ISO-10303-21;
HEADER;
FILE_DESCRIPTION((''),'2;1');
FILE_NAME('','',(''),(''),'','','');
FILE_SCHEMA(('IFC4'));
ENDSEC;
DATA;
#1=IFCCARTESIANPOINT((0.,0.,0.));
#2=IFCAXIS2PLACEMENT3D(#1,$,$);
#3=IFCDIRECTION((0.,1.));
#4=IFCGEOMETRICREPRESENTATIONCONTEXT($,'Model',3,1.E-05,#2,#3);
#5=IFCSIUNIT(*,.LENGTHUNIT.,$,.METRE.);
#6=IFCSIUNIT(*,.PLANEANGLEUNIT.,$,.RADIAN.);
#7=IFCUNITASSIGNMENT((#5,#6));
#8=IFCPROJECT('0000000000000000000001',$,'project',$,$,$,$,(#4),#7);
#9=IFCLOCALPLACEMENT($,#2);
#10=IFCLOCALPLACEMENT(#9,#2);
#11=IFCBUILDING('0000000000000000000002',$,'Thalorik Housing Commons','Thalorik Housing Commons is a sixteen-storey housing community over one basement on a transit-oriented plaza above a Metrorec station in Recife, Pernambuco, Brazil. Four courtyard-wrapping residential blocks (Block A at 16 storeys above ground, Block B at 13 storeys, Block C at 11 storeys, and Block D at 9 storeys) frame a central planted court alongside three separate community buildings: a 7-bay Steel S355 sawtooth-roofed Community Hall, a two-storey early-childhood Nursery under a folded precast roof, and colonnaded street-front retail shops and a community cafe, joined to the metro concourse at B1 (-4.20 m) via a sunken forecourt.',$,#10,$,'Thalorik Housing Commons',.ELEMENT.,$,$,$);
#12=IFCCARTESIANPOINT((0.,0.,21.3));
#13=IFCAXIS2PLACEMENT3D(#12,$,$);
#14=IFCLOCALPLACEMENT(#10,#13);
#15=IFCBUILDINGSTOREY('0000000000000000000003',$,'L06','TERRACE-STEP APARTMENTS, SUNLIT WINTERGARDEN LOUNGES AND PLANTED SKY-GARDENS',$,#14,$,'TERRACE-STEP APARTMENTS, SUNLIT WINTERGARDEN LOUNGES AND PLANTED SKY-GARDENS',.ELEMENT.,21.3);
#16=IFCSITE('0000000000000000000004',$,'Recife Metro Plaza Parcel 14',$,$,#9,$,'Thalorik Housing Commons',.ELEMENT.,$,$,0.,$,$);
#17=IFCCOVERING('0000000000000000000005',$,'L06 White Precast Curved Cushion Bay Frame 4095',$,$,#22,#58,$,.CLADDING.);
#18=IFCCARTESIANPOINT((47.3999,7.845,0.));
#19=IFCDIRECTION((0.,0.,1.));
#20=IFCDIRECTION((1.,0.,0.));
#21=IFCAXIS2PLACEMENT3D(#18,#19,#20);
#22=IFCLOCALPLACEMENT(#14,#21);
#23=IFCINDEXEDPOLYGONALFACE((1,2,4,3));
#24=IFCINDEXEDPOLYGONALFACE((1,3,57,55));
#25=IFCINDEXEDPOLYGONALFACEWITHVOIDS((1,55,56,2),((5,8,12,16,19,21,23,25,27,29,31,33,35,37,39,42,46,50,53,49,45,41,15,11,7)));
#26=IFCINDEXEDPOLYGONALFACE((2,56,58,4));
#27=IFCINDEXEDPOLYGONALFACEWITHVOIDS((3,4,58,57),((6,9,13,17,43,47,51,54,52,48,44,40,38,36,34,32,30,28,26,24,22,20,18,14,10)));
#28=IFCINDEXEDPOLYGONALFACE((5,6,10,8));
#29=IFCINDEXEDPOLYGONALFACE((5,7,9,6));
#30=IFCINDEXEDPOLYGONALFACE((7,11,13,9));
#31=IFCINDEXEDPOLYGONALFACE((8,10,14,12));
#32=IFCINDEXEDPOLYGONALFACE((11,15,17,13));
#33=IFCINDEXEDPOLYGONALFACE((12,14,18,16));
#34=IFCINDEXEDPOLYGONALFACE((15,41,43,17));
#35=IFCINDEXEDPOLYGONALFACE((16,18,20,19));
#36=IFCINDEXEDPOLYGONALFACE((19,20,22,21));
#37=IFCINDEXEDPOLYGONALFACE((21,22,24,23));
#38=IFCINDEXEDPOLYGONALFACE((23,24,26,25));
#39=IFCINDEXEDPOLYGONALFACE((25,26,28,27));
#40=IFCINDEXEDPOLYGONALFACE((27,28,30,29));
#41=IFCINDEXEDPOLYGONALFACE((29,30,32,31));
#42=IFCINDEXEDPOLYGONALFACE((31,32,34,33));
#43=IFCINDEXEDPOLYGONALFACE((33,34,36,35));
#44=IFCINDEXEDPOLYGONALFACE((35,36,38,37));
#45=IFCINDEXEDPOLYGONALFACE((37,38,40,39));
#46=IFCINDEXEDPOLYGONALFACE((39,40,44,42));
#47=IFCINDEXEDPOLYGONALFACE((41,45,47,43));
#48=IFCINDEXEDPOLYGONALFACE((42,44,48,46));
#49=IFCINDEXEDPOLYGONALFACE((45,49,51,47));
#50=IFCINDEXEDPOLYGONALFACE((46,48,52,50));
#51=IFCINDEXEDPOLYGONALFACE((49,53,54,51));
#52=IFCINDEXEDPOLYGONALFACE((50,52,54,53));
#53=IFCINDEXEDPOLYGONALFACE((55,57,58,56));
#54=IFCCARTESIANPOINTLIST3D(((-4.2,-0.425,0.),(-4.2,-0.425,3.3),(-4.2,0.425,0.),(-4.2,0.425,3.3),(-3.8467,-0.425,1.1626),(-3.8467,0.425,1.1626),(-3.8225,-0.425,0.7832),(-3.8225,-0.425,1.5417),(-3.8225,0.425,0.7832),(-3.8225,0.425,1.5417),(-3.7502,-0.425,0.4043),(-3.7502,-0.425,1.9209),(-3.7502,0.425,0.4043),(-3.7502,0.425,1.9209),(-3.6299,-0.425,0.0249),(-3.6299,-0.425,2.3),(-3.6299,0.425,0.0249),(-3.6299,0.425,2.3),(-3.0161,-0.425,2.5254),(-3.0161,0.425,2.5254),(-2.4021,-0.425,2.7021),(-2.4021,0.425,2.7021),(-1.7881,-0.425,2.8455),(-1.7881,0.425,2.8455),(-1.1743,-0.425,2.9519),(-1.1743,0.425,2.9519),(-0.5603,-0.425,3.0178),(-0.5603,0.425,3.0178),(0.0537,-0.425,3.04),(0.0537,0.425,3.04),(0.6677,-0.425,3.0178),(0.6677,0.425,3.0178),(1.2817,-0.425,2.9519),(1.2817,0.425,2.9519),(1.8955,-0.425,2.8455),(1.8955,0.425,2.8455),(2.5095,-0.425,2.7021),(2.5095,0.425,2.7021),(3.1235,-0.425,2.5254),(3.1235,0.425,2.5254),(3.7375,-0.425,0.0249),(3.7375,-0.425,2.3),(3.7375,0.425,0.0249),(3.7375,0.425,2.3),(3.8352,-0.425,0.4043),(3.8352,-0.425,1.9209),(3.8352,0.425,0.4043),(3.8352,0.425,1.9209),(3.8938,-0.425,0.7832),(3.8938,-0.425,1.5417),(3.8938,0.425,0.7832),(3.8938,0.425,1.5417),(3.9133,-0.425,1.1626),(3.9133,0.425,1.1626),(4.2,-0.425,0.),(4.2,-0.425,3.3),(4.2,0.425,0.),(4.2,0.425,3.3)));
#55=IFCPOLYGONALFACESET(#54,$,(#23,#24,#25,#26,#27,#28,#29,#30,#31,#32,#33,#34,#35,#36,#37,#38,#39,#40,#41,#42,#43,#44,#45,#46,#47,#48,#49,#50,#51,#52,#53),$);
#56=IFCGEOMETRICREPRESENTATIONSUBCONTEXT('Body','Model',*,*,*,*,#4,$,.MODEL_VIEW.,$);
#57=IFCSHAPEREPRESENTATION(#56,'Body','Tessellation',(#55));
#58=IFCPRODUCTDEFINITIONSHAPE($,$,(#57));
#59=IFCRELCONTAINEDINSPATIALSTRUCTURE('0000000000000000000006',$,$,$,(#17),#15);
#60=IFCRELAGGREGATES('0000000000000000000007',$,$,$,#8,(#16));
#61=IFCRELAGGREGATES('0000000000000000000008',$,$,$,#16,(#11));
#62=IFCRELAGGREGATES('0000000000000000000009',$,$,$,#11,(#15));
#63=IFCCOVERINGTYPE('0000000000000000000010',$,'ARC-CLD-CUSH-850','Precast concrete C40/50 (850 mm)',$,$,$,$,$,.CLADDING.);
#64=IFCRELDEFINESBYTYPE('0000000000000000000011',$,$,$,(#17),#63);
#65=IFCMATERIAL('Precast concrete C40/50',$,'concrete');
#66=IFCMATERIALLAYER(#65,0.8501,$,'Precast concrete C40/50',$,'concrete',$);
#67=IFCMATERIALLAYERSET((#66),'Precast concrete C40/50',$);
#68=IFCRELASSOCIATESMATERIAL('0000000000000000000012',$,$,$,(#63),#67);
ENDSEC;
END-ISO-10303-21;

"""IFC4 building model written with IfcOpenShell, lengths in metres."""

from ifc_helpers import new_model, si_unit, direction, frame, origin, place, context, subcontext, project, spatial, polyline, outline, extrude, material, layer, layer_set, type_object, element, save


model = new_model("IFC4")

# Units and contexts
model_context = context("Model", 3, precision=1e-05, world=origin(), true_north=direction((0.0, 1.0)))
body_context = subcontext(model_context, "Body", "Model", "MODEL_VIEW")
ifc_project = project(units=[si_unit("LENGTHUNIT", "METRE"), si_unit("PLANEANGLEUNIT", "RADIAN")], contexts=[model_context])

# Site, building, storey
site_placement = place(None, origin())
site = spatial("IfcSite", under=ifc_project, at=site_placement, Name="Recife Metro Plaza Parcel 14", LongName="Thalorik Housing Commons", CompositionType="ELEMENT", RefElevation=0.0)
building_placement = place(site_placement, origin())
building = spatial("IfcBuilding", under=site, at=building_placement, Name="Thalorik Housing Commons", Description="Thalorik Housing Commons is a sixteen-storey housing community over one basement on a transit-oriented plaza above a Metrorec station in Recife, Pernambuco, Brazil. Four courtyard-wrapping residential blocks (Block A at 16 storeys above ground, Block B at 13 storeys, Block C at 11 storeys, and Block D at 9 storeys) frame a central planted court alongside three separate community buildings: a 7-bay Steel S355 sawtooth-roofed Community Hall, a two-storey early-childhood Nursery under a folded precast roof, and colonnaded street-front retail shops and a community cafe, joined to the metro concourse at B1 (-4.20 m) via a sunken forecourt.", LongName="Thalorik Housing Commons", CompositionType="ELEMENT")
storey_placement = place(building_placement, frame((0.0, 0.0, 21.3)))
storey = spatial("IfcBuildingStorey", under=building, at=storey_placement, Name="L06", Description="TERRACE-STEP APARTMENTS, SUNLIT WINTERGARDEN LOUNGES AND PLANTED SKY-GARDENS", LongName="TERRACE-STEP APARTMENTS, SUNLIT WINTERGARDEN LOUNGES AND PLANTED SKY-GARDENS", CompositionType="ELEMENT", Elevation=21.3)

# Shared definitions
ifc_material_1 = material(Name="Precast concrete C40/50", Category="concrete")

# Covering
ifc_layer_1 = layer(ifc_material_1, 0.8501, Name="Precast concrete C40/50", Category="concrete")
ifc_layer_set_1 = layer_set([ifc_layer_1], Name="Precast concrete C40/50")
covering_type_1 = type_object("IfcCoveringType", Name="ARC-CLD-CUSH-850", Description="Precast concrete C40/50 (850 mm)", PredefinedType="CLADDING", material=ifc_layer_set_1)
covering_1_placement = place(storey_placement, frame((47.3999, 7.845, 0.0), z_axis=(0.0, 0.0, 1.0), x_axis=(1.0, 0.0, 0.0)))
element("IfcCovering", 1, at=covering_1_placement, inside=storey, type_object=covering_type_1, Name="L06 White Precast Curved Cushion Bay Frame 4095", PredefinedType="CLADDING", context=body_context, shape_type="SweptSolid", body=[
    extrude(outline(polyline([(-4.2, 0.0), (4.2, 0.0), (4.2, 3.3), (-4.2, 3.3), (-4.2, 0.0)]), holes=[polyline([(3.7375, 0.0249), (3.8352, 0.4043), (3.8938, 0.7832), (3.9133, 1.1626), (3.8938, 1.5417), (3.8352, 1.9209), (3.7375, 2.3), (3.1235, 2.5254), (2.5095, 2.7021), (1.8955, 2.8455), (1.2817, 2.9519), (0.6677, 3.0178), (0.0537, 3.04), (-0.5603, 3.0178), (-1.1743, 2.9519), (-1.7881, 2.8455), (-2.4021, 2.7021), (-3.0161, 2.5254), (-3.6299, 2.3), (-3.7502, 1.9209), (-3.8225, 1.5417), (-3.8467, 1.1626), (-3.8225, 0.7832), (-3.7502, 0.4043), (-3.6299, 0.0249), (3.7375, 0.0249)])]), frame((0.0, 0.425, 0.0), z_axis=(0.0, -1.0, 0.0), x_axis=(1.0, 0.0, 0.0)), (0.0, 0.0, 1.0), 0.8501),
])

save(model, "model.ifc")
